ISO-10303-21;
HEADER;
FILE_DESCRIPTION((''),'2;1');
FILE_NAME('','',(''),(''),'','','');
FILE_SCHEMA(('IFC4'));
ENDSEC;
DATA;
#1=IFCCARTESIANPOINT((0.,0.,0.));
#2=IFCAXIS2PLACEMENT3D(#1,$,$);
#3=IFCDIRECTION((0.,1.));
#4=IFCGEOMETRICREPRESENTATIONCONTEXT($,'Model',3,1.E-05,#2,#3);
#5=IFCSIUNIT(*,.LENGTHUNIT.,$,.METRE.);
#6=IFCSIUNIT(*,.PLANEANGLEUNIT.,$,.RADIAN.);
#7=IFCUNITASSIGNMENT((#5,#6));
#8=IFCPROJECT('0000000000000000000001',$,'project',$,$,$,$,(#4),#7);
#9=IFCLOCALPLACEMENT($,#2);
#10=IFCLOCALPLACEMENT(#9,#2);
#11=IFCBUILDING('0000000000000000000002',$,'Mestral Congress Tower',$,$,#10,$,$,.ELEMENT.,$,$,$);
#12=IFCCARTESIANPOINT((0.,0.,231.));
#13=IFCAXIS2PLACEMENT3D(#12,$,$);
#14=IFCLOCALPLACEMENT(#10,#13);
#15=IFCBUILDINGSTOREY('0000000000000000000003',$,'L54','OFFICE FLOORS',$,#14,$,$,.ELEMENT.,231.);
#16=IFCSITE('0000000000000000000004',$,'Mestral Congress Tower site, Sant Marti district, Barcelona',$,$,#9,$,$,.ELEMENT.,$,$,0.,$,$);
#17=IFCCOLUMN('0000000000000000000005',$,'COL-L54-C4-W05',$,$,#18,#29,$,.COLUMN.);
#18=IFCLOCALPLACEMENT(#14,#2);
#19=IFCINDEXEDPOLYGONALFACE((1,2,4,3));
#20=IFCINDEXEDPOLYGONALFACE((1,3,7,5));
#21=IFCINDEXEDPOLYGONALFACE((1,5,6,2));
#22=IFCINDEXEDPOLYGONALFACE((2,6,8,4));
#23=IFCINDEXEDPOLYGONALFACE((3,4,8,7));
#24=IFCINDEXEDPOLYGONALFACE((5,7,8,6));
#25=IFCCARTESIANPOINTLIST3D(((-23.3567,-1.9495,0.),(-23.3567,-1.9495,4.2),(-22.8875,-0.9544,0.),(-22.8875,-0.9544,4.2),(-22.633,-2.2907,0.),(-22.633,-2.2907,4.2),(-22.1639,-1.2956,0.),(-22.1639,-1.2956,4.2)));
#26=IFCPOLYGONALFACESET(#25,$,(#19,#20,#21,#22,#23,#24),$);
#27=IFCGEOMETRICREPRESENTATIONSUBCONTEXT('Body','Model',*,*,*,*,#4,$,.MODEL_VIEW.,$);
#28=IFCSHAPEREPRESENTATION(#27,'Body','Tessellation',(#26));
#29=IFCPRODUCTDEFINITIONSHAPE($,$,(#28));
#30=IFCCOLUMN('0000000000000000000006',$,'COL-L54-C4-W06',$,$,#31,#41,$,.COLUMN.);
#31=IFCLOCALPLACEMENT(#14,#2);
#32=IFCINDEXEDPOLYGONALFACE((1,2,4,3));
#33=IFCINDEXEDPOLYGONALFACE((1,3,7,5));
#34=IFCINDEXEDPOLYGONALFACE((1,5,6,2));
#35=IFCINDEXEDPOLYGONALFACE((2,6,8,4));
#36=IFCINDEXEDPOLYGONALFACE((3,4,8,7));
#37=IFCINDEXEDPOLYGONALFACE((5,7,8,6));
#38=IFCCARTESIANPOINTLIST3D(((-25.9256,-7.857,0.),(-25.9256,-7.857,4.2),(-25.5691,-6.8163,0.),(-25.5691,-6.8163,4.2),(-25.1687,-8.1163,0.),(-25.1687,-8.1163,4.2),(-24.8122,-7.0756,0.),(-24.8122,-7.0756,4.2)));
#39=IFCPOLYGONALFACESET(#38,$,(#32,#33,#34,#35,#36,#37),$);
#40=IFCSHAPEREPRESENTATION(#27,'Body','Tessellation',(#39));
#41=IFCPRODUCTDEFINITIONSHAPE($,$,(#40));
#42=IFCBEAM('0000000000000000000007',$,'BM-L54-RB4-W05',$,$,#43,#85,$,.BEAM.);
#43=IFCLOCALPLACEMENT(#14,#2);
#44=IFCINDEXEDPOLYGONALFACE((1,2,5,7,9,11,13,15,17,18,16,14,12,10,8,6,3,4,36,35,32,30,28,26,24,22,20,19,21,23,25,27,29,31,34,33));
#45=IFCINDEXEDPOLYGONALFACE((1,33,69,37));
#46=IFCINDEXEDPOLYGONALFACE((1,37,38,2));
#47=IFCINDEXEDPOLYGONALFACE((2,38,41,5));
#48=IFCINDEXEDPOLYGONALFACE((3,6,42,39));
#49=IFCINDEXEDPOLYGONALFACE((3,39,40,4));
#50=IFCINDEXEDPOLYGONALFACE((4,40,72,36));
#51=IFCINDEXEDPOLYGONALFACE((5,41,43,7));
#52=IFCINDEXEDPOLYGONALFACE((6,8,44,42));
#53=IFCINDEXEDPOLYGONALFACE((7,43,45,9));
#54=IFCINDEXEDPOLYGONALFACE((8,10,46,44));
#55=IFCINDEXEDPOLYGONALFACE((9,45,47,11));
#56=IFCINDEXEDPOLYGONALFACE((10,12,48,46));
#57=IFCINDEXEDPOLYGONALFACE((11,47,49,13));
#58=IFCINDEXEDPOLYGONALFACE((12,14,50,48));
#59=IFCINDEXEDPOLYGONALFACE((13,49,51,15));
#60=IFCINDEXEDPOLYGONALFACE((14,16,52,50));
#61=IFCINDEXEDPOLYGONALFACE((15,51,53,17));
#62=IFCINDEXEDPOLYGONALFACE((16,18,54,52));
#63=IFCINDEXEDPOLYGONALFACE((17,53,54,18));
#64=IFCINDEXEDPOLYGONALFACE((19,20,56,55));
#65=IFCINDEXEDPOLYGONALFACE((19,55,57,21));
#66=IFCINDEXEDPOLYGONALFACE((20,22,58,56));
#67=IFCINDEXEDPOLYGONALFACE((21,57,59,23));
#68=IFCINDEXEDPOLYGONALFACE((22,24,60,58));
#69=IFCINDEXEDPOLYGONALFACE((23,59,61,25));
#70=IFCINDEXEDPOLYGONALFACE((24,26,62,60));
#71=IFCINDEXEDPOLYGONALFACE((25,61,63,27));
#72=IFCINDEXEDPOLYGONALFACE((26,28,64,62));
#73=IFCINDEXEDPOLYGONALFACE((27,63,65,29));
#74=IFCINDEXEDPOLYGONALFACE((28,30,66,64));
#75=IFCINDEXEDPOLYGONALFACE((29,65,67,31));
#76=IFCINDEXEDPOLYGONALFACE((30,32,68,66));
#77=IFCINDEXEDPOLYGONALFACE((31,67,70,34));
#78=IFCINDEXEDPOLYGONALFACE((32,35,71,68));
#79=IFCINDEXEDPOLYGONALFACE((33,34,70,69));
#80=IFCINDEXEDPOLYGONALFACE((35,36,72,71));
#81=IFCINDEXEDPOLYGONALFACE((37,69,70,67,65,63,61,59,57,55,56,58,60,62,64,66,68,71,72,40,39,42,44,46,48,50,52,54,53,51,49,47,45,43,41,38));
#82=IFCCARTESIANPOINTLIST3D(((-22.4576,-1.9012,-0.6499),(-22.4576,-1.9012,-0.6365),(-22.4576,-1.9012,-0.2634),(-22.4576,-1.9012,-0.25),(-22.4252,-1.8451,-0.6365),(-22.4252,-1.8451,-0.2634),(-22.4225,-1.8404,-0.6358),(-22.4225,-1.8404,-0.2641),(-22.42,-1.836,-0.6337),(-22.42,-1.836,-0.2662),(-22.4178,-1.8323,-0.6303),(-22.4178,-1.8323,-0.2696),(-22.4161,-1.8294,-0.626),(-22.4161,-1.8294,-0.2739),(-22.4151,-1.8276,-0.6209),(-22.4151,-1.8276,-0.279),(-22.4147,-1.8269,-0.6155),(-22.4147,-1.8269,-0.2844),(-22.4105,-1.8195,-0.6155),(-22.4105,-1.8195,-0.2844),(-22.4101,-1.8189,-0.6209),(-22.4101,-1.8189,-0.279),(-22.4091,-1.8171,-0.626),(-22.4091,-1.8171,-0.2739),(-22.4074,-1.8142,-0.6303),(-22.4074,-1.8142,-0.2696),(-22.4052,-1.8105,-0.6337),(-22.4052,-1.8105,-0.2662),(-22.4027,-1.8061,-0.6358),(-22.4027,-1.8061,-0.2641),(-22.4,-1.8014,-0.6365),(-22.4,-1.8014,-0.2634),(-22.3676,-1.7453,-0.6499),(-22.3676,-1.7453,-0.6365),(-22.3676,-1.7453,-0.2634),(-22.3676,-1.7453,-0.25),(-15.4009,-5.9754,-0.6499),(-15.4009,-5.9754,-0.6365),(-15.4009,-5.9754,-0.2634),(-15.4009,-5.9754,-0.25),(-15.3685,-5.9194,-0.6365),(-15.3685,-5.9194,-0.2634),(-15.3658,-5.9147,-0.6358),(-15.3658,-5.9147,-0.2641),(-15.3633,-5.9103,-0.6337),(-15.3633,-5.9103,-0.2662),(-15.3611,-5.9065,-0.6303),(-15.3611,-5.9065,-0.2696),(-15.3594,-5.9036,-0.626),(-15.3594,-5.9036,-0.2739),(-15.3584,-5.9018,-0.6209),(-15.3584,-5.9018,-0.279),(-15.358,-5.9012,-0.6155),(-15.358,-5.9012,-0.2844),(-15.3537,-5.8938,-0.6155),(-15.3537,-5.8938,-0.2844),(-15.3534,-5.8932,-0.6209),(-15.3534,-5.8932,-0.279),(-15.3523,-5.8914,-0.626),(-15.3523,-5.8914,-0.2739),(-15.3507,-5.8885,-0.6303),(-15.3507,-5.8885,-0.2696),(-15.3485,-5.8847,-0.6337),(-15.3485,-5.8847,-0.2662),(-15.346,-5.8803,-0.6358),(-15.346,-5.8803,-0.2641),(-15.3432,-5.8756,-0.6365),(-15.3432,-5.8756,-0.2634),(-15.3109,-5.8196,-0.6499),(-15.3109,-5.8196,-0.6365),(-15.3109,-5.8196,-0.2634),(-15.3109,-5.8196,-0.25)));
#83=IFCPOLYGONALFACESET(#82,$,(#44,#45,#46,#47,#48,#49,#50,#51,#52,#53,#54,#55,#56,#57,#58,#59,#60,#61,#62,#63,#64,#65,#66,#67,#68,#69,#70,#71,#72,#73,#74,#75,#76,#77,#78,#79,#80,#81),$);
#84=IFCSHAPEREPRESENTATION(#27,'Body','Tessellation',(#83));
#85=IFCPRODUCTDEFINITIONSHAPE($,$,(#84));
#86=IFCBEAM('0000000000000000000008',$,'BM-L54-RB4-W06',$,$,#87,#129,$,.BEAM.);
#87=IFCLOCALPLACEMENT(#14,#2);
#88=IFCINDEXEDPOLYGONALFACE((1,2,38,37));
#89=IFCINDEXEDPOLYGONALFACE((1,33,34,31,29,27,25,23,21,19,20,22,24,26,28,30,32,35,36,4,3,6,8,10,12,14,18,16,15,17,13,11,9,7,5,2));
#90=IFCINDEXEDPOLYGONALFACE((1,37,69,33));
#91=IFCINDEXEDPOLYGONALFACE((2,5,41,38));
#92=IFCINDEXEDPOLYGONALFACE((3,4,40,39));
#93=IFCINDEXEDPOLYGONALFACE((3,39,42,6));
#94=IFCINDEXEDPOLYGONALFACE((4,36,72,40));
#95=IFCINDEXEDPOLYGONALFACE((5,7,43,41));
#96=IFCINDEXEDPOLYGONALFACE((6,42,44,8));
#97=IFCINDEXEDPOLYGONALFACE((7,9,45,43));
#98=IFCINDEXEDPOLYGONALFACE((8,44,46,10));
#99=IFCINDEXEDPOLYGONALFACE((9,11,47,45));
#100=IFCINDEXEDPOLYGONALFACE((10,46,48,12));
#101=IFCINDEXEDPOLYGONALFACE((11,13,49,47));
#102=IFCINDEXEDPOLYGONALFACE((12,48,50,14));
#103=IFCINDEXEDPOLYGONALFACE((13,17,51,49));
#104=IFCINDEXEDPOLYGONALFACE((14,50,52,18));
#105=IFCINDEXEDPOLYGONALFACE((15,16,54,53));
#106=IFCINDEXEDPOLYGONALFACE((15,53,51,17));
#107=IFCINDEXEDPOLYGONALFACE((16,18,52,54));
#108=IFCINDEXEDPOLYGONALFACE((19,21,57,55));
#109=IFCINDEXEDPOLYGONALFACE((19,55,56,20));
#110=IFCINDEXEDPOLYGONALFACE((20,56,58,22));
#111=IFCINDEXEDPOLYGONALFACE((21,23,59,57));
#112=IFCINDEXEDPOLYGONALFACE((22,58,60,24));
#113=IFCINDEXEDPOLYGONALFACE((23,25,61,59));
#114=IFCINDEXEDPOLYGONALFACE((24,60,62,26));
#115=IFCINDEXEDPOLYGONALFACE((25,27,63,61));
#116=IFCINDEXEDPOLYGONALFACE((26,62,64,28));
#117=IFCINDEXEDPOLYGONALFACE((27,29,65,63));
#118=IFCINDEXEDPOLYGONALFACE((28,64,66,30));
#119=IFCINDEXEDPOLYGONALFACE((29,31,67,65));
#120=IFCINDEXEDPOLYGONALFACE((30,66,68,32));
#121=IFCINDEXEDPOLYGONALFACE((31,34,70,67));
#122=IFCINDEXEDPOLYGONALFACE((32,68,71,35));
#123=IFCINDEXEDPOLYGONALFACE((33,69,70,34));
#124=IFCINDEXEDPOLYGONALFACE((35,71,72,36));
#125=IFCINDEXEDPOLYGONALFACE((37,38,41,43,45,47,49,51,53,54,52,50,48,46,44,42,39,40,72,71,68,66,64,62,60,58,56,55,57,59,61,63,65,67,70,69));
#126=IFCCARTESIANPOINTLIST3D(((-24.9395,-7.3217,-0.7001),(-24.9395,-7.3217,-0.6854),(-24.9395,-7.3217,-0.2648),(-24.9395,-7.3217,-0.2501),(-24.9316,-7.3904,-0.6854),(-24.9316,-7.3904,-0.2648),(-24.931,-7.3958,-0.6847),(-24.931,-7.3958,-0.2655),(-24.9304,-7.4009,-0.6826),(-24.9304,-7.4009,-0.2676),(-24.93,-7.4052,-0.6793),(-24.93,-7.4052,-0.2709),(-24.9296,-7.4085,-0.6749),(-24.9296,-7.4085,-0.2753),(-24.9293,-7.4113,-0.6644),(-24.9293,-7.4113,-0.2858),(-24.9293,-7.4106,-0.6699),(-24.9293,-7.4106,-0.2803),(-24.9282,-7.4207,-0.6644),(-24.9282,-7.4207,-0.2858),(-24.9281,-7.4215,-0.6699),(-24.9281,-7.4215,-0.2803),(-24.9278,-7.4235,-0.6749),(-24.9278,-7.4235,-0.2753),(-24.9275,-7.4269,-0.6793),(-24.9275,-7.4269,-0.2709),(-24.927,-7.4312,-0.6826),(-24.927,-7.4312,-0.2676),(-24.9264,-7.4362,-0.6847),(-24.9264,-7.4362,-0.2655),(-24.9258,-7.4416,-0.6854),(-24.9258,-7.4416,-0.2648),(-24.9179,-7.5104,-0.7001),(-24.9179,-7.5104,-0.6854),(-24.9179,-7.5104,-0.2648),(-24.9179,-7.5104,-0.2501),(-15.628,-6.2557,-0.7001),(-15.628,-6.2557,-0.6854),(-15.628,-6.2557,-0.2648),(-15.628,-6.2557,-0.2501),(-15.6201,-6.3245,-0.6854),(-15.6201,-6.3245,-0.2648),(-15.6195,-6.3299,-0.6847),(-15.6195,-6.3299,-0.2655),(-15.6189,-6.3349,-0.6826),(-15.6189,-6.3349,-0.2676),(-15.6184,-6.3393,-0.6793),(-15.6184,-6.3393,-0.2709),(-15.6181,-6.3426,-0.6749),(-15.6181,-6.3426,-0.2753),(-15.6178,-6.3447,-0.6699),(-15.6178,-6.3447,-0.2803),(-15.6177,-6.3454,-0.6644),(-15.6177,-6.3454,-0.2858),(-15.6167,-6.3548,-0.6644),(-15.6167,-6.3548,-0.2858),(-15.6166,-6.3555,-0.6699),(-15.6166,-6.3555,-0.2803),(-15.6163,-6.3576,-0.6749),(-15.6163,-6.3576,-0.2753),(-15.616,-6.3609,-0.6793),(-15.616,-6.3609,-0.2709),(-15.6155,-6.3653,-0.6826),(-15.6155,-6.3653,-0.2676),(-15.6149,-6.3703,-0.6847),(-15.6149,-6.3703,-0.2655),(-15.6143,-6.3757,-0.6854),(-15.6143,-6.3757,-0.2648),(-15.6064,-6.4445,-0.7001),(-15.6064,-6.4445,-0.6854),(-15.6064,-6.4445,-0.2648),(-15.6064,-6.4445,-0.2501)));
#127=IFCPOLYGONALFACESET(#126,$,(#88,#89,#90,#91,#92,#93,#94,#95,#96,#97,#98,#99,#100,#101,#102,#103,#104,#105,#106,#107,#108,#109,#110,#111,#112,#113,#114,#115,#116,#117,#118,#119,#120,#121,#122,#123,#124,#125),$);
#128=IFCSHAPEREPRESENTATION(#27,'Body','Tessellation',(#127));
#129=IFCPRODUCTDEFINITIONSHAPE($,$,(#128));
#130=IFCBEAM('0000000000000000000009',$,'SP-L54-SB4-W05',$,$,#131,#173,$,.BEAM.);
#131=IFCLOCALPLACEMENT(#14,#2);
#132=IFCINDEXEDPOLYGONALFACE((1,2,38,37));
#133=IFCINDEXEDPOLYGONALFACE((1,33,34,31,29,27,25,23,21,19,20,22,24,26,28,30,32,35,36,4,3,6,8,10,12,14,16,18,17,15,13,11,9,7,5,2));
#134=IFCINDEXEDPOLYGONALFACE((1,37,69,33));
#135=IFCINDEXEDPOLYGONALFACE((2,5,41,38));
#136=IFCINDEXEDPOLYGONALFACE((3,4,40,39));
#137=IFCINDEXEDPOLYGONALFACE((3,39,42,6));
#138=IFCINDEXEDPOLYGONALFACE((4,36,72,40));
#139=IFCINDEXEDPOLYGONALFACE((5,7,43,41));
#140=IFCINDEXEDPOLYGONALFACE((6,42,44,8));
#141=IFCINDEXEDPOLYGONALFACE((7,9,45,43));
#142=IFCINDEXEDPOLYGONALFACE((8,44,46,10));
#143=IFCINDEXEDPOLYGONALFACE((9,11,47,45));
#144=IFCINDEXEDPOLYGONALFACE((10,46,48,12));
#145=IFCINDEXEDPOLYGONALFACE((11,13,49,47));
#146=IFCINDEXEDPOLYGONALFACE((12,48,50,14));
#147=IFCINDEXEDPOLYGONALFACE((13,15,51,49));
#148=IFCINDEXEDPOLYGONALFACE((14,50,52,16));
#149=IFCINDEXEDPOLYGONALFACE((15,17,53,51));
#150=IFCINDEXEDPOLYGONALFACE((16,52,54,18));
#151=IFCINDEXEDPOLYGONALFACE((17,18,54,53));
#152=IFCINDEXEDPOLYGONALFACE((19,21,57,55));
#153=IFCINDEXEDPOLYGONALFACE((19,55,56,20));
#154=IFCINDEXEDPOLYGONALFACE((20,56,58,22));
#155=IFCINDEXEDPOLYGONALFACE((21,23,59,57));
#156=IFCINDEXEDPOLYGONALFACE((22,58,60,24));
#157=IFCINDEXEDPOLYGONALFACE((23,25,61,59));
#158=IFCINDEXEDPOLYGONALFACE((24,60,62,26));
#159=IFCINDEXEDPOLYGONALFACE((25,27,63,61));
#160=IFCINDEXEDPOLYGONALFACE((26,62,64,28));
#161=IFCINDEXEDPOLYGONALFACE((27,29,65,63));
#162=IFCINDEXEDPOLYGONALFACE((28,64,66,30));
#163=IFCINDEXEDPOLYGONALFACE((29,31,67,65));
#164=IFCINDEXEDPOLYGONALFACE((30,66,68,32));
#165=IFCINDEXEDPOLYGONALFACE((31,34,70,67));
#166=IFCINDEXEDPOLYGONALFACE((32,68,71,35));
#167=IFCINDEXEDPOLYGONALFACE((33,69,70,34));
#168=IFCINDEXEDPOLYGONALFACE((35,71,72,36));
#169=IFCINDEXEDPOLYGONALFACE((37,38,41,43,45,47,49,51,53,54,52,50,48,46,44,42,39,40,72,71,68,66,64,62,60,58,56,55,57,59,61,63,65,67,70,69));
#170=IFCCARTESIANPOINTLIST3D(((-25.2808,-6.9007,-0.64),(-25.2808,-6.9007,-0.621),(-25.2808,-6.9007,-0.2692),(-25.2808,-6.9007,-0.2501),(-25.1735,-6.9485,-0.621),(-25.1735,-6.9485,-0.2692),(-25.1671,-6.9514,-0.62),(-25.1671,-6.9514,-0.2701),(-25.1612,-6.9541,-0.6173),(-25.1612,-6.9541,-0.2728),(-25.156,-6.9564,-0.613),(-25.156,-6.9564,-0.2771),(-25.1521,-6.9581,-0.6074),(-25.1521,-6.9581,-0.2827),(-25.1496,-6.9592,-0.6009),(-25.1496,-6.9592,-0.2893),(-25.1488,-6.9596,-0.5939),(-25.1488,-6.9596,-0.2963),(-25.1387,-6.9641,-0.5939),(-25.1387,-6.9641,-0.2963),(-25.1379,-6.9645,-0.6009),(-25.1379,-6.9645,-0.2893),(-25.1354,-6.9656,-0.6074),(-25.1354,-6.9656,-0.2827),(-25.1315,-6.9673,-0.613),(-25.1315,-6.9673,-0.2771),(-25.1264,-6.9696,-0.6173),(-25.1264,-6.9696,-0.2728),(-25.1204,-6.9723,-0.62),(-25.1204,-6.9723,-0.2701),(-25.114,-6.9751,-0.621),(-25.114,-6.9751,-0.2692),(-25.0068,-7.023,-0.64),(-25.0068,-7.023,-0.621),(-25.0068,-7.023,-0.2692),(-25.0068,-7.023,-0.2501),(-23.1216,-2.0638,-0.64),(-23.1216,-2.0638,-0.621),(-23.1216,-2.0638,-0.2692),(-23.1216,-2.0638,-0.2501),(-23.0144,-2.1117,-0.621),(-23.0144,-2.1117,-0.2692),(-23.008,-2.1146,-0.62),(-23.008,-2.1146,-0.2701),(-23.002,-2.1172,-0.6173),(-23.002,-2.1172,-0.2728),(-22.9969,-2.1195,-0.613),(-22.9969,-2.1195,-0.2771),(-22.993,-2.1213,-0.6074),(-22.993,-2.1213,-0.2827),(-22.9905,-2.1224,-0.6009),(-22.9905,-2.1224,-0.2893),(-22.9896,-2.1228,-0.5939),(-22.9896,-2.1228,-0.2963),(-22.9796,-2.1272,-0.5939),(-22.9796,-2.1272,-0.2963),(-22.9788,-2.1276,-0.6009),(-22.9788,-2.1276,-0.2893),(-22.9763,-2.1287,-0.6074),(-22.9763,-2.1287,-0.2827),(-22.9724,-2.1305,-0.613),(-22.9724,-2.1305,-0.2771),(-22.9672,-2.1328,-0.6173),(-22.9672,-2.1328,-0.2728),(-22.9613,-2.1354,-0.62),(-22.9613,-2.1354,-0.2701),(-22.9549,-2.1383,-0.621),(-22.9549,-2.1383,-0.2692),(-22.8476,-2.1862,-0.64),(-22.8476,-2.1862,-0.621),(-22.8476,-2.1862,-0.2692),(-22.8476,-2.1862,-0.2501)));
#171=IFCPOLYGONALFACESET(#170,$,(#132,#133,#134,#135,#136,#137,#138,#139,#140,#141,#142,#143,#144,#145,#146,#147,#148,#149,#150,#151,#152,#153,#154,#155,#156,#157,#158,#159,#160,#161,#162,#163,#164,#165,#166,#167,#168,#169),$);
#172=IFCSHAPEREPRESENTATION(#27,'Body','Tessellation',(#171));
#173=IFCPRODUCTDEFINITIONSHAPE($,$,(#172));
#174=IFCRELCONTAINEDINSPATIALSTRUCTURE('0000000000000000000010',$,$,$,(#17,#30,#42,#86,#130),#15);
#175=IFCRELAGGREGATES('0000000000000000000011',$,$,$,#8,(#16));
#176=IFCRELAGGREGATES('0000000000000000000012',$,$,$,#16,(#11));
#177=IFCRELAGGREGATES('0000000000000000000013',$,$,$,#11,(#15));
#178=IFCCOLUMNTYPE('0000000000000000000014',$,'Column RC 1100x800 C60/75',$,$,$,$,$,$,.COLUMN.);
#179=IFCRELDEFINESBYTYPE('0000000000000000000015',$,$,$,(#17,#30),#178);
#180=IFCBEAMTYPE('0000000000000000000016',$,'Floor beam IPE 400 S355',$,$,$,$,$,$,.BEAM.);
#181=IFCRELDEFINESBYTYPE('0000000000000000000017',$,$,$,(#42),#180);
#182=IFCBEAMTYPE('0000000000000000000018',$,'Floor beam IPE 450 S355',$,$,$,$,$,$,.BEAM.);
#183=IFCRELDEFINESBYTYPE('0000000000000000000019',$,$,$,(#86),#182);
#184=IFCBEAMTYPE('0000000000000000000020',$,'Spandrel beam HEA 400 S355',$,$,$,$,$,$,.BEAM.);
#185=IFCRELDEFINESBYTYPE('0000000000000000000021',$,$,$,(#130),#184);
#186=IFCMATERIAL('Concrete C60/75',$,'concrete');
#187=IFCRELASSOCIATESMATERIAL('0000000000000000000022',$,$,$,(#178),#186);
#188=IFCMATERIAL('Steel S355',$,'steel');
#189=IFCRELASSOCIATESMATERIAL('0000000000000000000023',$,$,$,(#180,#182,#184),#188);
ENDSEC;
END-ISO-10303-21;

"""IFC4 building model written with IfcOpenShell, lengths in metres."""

from ifc_helpers import new_model, si_unit, direction, frame, origin, origin_2d, place, context, subcontext, project, spatial, rectangle, i_section, extrude, material, material_profile, profile_set, type_object, element, save


model = new_model("IFC4")

# Units and contexts
model_context = context("Model", 3, precision=1e-05, world=origin(), true_north=direction((0.0, 1.0)))
body_context = subcontext(model_context, "Body", "Model", "MODEL_VIEW")
ifc_project = project(units=[si_unit("LENGTHUNIT", "METRE"), si_unit("PLANEANGLEUNIT", "RADIAN")], contexts=[model_context])

# Site, building, storey
site_placement = place(None, origin())
site = spatial("IfcSite", under=ifc_project, at=site_placement, Name="Mestral Congress Tower site, Sant Marti district, Barcelona", CompositionType="ELEMENT", RefElevation=0.0)
building_placement = place(site_placement, origin())
building = spatial("IfcBuilding", under=site, at=building_placement, Name="Mestral Congress Tower", CompositionType="ELEMENT")
storey_placement = place(building_placement, frame((0.0, 0.0, 231.0)))
storey = spatial("IfcBuildingStorey", under=building, at=storey_placement, Name="L54", Description="OFFICE FLOORS", CompositionType="ELEMENT", Elevation=231.0)

# Columns
ifc_material_1 = material(Name="Concrete C60/75", Category="concrete")
ifc_material_profile_1 = material_profile(ifc_material_1, rectangle(XDim=1.1001, YDim=0.8, at=origin_2d()), Name="RC 1100x800")
ifc_profile_set_1 = profile_set([ifc_material_profile_1], Name="Concrete C60/75")
column_type = type_object("IfcColumnType", Name="Column RC 1100x800 C60/75", PredefinedType="COLUMN", material=ifc_profile_set_1)
for number, where, z_axis, x_axis, name in (
    (1, (-22.7603, -1.6226, 0.0), (0.0, 0.0, 1.0), (-0.426472, -0.904501, 0.0), "COL-L54-C4-W05"),
    (2, (-25.3689, -7.4663, 0.0), (0.0, 0.0, 1.0), (-0.324074, -0.946032, 0.0), "COL-L54-C4-W06"),
):
    element("IfcColumn", number, at=place(storey_placement, frame(where, z_axis=z_axis, x_axis=x_axis)), inside=storey, type_object=column_type, Name=name, PredefinedType="COLUMN", context=body_context, shape_type="SweptSolid", body=[
        extrude(rectangle(XDim=1.1001, YDim=0.8, at=origin_2d()), origin(), (0.0, 0.0, 1.0), 4.2),
    ])

# Beams
ifc_material_2 = material(Name="Steel S355", Category="steel")
ifc_material_profile_2 = material_profile(ifc_material_2, i_section(OverallWidth=0.1799, OverallDepth=0.3999, WebThickness=0.0085, FlangeThickness=0.0134, FilletRadius=0.021, at=origin_2d()), Name="IPE 400")
ifc_profile_set_2 = profile_set([ifc_material_profile_2], Name="Steel S355")
beam_type_1 = type_object("IfcBeamType", Name="Floor beam IPE 400 S355", PredefinedType="BEAM", material=ifc_profile_set_2)
beam_1_placement = place(storey_placement, frame((-22.4126, -1.8232, -0.45), z_axis=(0.866022, -0.500006, 0.0), x_axis=(0.500006, 0.866022, 0.0)))
element("IfcBeam", 3, at=beam_1_placement, inside=storey, type_object=beam_type_1, Name="BM-L54-RB4-W05", PredefinedType="BEAM", context=body_context, shape_type="SweptSolid", body=[
    extrude(i_section(OverallWidth=0.1799, OverallDepth=0.3999, WebThickness=0.0085, FlangeThickness=0.0134, FilletRadius=0.021, at=origin_2d()), origin(), (0.0, 0.0, 1.0), 8.1484),
])
ifc_material_profile_3 = material_profile(ifc_material_2, i_section(OverallWidth=0.1899, OverallDepth=0.45, WebThickness=0.0095, FlangeThickness=0.0146, FilletRadius=0.021, at=origin_2d()), Name="IPE 450")
ifc_profile_set_3 = profile_set([ifc_material_profile_3], Name="Steel S355")
beam_type_2 = type_object("IfcBeamType", Name="Floor beam IPE 450 S355", PredefinedType="BEAM", material=ifc_profile_set_3)
beam_2_placement = place(storey_placement, frame((-24.9287, -7.416, -0.4751), z_axis=(0.993512, 0.11373, 0.0), x_axis=(-0.11373, 0.993512, 0.0)))
element("IfcBeam", 4, at=beam_2_placement, inside=storey, type_object=beam_type_2, Name="BM-L54-RB4-W06", PredefinedType="BEAM", context=body_context, shape_type="SweptSolid", body=[
    extrude(i_section(OverallWidth=0.1899, OverallDepth=0.45, WebThickness=0.0095, FlangeThickness=0.0146, FilletRadius=0.021, at=origin_2d()), origin(), (0.0, 0.0, 1.0), 9.3723),
])
ifc_material_profile_4 = material_profile(ifc_material_2, i_section(OverallWidth=0.3, OverallDepth=0.3899, WebThickness=0.011, FlangeThickness=0.019, FilletRadius=0.0271, at=origin_2d()), Name="HEA 400")
ifc_profile_set_4 = profile_set([ifc_material_profile_4], Name="Steel S355")
beam_type_3 = type_object("IfcBeamType", Name="Spandrel beam HEA 400 S355", PredefinedType="BEAM", material=ifc_profile_set_4)
beam_3_placement = place(storey_placement, frame((-22.9846, -2.125, -0.4451), z_axis=(-0.407626, -0.913149, 0.0), x_axis=(0.913149, -0.407626, 0.0)))
element("IfcBeam", 5, at=beam_3_placement, inside=storey, type_object=beam_type_3, Name="SP-L54-SB4-W05", PredefinedType="BEAM", context=body_context, shape_type="SweptSolid", body=[
    extrude(i_section(OverallWidth=0.3, OverallDepth=0.3899, WebThickness=0.011, FlangeThickness=0.019, FilletRadius=0.0271, at=origin_2d()), origin(), (0.0, 0.0, 1.0), 5.2969),
])

save(model, "model.ifc")
